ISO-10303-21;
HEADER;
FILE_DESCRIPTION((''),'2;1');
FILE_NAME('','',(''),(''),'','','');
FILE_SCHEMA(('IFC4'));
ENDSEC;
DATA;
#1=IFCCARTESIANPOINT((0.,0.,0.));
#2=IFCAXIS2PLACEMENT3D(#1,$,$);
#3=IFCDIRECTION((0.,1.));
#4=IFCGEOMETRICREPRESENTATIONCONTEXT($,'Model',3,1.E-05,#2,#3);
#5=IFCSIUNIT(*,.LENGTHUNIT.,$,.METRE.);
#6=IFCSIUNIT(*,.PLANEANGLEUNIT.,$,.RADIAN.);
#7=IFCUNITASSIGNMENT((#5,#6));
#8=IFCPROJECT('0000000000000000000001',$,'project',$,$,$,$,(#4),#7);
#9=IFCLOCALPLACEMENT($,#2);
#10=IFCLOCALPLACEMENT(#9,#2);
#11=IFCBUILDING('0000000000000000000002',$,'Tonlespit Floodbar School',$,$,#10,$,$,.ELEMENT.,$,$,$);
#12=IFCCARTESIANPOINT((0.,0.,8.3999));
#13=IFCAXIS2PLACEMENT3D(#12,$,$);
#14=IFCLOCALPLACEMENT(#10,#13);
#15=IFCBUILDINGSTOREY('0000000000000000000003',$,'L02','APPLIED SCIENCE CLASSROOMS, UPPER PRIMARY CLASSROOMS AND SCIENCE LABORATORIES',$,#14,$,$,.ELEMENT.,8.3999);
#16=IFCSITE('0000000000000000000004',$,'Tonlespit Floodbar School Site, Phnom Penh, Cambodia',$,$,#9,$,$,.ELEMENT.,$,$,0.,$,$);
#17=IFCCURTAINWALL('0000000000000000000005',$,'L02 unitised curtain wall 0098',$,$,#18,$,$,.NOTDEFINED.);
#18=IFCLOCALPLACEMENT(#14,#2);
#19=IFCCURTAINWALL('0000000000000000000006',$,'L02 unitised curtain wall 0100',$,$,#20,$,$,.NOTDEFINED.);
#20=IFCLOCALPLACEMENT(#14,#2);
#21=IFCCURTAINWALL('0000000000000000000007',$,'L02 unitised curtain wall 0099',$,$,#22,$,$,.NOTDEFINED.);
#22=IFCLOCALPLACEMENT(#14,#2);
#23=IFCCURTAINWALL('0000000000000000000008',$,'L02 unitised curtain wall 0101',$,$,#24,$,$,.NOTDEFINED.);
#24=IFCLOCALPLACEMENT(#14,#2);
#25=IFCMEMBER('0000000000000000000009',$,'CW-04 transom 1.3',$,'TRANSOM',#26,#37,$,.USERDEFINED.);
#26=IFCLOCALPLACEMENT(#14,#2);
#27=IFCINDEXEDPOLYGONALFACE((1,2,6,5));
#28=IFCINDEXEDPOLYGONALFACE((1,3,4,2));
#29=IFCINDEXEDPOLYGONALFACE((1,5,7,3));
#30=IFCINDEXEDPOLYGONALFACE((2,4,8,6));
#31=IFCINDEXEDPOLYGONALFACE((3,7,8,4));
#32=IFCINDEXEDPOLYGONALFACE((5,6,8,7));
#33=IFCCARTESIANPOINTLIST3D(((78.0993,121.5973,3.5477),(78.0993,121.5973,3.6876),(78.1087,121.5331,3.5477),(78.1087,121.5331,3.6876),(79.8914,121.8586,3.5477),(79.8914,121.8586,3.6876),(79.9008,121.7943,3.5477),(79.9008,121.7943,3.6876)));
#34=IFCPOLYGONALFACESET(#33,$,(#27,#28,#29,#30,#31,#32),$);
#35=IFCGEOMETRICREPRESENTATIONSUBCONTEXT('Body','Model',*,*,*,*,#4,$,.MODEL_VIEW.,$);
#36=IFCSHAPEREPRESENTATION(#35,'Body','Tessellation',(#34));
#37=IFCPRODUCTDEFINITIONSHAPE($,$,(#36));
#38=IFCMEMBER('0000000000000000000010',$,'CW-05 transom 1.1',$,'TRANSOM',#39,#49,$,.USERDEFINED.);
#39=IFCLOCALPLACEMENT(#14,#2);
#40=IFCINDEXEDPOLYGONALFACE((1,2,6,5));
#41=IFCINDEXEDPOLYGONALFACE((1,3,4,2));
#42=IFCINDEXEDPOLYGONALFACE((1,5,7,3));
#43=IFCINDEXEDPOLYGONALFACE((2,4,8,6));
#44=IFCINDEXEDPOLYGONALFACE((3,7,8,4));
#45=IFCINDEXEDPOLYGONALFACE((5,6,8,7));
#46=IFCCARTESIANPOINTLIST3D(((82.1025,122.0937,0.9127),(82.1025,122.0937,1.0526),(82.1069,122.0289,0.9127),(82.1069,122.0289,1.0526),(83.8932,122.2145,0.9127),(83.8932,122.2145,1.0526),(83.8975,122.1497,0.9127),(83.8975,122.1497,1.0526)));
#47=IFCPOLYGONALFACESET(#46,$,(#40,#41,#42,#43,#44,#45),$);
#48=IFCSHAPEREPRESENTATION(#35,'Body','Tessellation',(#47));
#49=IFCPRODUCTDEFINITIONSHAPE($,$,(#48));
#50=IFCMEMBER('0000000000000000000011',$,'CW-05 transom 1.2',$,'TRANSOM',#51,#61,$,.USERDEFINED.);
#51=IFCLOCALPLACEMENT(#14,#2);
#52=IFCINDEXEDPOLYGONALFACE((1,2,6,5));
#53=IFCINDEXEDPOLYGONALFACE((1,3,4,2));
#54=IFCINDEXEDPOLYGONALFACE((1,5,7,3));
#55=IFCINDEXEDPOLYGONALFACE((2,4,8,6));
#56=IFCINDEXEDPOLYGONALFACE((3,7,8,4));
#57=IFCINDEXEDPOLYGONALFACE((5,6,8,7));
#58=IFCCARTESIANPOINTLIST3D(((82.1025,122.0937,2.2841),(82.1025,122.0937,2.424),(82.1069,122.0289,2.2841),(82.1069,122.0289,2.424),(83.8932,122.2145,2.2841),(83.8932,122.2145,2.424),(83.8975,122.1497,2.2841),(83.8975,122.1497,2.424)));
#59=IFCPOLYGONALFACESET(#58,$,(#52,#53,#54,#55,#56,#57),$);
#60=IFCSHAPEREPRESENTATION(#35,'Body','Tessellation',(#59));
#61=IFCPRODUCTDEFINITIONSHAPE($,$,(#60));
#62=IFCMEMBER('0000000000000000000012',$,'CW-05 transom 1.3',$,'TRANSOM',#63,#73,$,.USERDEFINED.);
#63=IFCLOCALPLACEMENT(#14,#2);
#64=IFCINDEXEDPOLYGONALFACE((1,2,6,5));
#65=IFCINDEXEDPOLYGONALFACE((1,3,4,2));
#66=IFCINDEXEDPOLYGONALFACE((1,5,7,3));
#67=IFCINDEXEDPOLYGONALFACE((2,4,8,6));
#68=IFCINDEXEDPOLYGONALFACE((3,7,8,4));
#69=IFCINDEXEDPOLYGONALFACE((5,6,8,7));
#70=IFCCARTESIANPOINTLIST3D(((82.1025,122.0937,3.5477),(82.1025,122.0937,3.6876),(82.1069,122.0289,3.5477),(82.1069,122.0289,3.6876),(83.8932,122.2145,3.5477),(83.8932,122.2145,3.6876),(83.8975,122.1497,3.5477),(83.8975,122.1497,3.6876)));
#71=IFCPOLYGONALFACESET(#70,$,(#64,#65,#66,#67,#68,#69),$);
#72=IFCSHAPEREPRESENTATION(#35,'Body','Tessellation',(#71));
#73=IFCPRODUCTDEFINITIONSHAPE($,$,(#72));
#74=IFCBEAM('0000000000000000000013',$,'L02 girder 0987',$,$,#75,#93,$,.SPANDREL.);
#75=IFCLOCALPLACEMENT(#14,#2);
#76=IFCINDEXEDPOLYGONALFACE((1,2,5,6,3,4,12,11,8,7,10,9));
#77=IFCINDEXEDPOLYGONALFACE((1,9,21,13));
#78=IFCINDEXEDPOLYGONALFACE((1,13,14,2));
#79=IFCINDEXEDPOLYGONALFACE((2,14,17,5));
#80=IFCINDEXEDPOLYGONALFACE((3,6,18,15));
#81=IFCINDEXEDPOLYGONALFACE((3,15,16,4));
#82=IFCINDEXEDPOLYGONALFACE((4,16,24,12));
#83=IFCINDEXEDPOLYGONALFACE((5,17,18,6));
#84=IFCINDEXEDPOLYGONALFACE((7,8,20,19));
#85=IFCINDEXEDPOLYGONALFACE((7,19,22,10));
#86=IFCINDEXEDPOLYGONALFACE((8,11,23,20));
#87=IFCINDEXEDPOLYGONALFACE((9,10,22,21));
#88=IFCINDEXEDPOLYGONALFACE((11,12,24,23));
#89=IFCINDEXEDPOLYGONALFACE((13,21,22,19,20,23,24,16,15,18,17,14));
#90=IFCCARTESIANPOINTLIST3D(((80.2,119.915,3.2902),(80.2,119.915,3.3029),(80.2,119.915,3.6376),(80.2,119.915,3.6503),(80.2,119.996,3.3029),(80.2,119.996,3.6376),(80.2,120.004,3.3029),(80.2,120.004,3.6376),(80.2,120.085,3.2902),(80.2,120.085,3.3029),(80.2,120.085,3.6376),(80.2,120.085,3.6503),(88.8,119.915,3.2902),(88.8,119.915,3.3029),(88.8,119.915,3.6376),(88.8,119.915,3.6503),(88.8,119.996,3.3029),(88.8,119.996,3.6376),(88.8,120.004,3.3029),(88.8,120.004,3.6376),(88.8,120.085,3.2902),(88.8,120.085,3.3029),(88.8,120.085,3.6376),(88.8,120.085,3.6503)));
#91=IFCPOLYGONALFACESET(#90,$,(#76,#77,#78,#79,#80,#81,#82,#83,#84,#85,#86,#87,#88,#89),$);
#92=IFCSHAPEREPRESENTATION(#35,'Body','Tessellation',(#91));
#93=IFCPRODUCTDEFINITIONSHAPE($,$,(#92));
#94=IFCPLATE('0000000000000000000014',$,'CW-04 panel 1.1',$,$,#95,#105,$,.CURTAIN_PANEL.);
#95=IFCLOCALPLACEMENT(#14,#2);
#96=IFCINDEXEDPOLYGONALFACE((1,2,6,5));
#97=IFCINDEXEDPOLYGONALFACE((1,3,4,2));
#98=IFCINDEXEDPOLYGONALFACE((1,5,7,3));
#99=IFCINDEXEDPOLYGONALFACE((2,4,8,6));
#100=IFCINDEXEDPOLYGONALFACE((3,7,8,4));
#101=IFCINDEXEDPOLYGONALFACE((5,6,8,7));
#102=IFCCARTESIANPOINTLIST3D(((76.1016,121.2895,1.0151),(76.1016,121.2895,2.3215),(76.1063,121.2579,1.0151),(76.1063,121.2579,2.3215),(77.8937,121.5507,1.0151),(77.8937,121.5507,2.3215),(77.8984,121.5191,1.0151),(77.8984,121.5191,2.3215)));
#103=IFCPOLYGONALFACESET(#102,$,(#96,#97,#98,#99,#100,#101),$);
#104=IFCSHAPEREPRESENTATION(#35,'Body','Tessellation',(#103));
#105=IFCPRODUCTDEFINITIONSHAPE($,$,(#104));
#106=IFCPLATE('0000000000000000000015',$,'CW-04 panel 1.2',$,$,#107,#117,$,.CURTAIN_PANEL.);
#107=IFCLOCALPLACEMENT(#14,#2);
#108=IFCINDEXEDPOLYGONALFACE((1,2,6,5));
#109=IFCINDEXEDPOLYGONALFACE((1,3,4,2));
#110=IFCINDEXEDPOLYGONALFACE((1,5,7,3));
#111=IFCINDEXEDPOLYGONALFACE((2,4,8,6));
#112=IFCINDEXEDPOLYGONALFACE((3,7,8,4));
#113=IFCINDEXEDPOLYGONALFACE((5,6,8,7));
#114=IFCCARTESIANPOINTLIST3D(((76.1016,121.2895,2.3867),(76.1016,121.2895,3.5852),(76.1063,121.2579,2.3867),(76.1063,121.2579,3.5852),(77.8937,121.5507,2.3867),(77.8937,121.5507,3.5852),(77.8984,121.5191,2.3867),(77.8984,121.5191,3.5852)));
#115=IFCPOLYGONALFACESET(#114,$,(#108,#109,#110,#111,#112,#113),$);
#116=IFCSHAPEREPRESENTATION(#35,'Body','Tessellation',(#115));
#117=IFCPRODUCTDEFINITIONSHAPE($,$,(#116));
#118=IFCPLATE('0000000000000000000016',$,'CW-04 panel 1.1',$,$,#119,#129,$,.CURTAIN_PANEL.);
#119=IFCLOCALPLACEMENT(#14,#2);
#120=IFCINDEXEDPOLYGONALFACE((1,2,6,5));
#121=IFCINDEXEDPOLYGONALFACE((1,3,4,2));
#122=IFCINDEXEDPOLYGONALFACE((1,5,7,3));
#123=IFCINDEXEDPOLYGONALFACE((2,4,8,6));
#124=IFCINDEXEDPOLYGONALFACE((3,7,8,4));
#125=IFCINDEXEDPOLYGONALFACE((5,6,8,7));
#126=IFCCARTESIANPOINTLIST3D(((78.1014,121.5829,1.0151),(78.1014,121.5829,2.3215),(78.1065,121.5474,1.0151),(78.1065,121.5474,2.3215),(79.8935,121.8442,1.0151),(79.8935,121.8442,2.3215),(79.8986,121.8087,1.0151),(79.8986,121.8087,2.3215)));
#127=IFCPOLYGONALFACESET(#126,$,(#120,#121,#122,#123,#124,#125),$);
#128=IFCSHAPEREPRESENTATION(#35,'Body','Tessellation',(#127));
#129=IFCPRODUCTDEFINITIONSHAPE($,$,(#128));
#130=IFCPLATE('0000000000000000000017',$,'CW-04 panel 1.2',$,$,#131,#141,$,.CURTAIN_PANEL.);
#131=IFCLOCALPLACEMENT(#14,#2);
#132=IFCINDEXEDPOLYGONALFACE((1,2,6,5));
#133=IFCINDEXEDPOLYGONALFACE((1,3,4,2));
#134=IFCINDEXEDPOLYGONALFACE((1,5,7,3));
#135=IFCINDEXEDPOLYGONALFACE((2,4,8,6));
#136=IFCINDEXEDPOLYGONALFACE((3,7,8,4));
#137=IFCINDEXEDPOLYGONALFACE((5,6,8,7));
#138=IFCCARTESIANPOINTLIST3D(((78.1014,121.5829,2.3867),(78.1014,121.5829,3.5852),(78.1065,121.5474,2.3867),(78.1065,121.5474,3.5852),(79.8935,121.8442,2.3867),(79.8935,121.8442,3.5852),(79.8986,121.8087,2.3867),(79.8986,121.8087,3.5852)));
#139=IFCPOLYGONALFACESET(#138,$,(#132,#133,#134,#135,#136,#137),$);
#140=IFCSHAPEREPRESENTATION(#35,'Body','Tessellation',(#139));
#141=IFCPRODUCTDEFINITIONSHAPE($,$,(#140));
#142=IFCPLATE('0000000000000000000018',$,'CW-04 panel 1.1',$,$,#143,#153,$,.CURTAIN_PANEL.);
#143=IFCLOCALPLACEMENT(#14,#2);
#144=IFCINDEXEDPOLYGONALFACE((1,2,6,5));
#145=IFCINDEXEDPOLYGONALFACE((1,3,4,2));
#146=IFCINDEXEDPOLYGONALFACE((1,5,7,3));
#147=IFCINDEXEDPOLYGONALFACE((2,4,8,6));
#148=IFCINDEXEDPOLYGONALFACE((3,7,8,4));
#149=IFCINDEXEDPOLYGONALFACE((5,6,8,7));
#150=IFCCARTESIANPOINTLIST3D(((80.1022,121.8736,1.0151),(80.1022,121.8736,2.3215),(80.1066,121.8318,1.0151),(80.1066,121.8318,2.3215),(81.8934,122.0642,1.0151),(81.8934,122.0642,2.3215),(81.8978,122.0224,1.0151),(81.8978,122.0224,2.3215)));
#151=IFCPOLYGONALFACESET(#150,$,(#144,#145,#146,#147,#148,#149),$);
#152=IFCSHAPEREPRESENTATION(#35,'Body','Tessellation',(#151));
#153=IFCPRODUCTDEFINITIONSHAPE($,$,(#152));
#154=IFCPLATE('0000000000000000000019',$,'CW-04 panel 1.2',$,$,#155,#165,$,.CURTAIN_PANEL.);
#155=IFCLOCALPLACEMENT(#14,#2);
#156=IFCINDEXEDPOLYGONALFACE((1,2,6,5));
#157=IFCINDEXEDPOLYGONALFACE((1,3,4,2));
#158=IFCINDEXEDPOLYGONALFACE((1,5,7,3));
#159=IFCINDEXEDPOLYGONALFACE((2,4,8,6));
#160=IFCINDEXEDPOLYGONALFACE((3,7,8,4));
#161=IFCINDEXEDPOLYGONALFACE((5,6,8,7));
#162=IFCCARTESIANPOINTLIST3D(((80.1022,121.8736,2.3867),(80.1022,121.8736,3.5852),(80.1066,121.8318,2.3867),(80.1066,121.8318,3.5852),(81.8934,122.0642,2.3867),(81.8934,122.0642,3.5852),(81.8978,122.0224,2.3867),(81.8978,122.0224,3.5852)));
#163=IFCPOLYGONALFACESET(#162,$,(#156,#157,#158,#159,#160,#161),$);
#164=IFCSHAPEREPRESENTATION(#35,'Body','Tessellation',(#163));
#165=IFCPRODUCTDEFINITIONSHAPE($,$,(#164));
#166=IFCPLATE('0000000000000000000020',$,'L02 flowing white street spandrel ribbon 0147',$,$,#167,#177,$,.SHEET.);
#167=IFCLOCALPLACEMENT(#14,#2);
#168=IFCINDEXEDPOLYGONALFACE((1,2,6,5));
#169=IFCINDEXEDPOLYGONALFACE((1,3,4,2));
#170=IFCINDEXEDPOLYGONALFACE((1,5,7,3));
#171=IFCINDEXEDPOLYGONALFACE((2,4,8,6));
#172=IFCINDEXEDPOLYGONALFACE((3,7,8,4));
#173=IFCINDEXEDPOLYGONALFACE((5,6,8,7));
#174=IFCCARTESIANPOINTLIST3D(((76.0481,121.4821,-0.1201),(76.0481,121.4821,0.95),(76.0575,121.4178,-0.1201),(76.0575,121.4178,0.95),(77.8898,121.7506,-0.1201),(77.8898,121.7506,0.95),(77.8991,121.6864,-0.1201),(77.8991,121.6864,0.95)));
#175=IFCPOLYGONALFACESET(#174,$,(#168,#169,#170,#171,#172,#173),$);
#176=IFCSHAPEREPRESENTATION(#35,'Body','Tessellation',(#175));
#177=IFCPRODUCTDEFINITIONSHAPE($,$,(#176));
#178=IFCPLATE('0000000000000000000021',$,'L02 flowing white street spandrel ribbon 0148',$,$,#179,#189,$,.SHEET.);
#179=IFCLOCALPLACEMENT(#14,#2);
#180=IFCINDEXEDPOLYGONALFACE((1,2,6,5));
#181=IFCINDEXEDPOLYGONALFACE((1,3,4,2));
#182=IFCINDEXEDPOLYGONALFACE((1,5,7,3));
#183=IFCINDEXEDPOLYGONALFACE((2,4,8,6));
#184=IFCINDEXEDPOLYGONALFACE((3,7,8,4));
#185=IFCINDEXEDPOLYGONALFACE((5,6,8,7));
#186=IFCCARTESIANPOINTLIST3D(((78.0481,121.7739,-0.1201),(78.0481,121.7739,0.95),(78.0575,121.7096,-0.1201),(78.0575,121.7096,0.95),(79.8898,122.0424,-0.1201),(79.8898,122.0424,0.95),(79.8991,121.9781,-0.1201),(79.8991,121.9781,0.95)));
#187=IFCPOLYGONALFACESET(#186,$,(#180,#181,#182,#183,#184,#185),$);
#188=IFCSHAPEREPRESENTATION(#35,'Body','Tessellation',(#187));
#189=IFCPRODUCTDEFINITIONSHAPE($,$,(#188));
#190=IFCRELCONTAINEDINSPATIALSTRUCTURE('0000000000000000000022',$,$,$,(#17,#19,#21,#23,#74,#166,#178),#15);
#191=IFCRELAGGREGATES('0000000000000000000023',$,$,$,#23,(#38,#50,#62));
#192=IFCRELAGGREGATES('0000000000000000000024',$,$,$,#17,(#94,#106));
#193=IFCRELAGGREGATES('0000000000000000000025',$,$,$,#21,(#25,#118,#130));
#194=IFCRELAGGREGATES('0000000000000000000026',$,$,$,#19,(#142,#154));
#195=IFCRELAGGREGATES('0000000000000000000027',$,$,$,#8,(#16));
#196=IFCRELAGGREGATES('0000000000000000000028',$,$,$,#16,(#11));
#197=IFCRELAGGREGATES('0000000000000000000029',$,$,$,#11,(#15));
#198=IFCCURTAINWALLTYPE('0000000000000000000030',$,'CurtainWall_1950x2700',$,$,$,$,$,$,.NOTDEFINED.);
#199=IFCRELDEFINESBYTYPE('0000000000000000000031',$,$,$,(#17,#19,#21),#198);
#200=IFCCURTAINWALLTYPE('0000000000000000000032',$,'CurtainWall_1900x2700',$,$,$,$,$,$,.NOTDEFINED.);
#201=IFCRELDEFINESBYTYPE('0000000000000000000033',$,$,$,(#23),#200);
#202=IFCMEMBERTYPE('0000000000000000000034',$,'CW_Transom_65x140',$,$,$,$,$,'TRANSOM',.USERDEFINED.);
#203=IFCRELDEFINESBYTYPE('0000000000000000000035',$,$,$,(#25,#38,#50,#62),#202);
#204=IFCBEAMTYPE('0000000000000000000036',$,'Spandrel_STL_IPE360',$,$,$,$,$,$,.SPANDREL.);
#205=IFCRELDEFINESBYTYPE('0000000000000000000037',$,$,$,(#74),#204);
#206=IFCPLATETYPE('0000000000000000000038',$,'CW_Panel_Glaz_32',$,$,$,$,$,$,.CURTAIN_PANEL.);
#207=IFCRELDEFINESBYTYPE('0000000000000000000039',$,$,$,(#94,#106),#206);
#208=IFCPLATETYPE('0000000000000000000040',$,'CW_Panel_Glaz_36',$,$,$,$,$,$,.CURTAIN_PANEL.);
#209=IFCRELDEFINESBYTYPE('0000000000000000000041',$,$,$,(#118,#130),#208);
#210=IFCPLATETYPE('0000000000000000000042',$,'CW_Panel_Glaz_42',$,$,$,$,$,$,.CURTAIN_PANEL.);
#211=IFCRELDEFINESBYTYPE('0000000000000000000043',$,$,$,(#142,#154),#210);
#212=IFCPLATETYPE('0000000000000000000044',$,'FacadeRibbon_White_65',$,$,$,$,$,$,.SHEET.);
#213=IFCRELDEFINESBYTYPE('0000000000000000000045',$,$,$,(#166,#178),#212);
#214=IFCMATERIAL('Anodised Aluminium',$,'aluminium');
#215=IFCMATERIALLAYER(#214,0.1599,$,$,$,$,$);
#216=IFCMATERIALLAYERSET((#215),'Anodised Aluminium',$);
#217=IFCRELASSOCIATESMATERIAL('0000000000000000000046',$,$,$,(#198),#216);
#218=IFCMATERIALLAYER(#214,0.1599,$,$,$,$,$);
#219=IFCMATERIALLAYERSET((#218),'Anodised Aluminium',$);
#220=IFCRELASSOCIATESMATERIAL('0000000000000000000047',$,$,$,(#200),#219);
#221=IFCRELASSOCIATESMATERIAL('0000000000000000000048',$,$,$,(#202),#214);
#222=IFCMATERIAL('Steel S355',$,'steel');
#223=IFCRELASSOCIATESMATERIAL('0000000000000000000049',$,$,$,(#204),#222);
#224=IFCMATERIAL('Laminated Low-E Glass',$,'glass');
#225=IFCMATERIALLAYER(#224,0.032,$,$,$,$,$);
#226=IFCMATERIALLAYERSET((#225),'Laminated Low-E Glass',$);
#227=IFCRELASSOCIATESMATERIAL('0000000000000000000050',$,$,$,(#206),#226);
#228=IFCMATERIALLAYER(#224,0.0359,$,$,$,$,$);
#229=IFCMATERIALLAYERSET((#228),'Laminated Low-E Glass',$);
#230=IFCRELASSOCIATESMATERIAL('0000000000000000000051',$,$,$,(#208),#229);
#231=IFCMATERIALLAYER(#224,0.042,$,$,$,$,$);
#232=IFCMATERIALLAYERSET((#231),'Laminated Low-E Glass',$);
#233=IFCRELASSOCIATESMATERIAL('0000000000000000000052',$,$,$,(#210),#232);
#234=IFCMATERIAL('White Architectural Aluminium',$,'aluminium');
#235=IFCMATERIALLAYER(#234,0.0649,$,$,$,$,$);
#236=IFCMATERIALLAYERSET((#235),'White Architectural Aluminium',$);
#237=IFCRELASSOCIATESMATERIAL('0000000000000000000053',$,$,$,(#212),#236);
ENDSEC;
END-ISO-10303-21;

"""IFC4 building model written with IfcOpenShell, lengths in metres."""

from ifc_helpers import new_model, si_unit, direction, frame, origin, origin_2d, place, context, subcontext, project, spatial, rectangle, i_section, extrude, material, layer, layer_set, material_profile, profile_set, type_object, element, aggregate, save


model = new_model("IFC4")

# Units and contexts
model_context = context("Model", 3, precision=1e-05, world=origin(), true_north=direction((0.0, 1.0)))
body_context = subcontext(model_context, "Body", "Model", "MODEL_VIEW")
ifc_project = project(units=[si_unit("LENGTHUNIT", "METRE"), si_unit("PLANEANGLEUNIT", "RADIAN")], contexts=[model_context])

# Site, building, storey
site_placement = place(None, origin())
site = spatial("IfcSite", under=ifc_project, at=site_placement, Name="Tonlespit Floodbar School Site, Phnom Penh, Cambodia", CompositionType="ELEMENT", RefElevation=0.0)
building_placement = place(site_placement, origin())
building = spatial("IfcBuilding", under=site, at=building_placement, Name="Tonlespit Floodbar School", CompositionType="ELEMENT")
storey_placement = place(building_placement, frame((0.0, 0.0, 8.3999)))
storey = spatial("IfcBuildingStorey", under=building, at=storey_placement, Name="L02", Description="APPLIED SCIENCE CLASSROOMS, UPPER PRIMARY CLASSROOMS AND SCIENCE LABORATORIES", CompositionType="ELEMENT", Elevation=8.3999)

# Curtain wall
ifc_material_1 = material(Name="Anodised Aluminium", Category="aluminium")
ifc_layer_1 = layer(ifc_material_1, 0.1599)
ifc_layer_set_1 = layer_set([ifc_layer_1], Name="Anodised Aluminium")
curtain_wall_type_1 = type_object("IfcCurtainWallType", Name="CurtainWall_1950x2700", PredefinedType="NOTDEFINED", material=ifc_layer_set_1)
curtain_wall_1_placement = place(storey_placement, origin())
curtain_wall_1 = element("IfcCurtainWall", 1, at=curtain_wall_1_placement, inside=storey, type_object=curtain_wall_type_1, Name="L02 unitised curtain wall 0098", PredefinedType="NOTDEFINED")

# Curtain walls
curtain_wall_2_placement = place(storey_placement, origin())
curtain_wall_2 = element("IfcCurtainWall", 2, at=curtain_wall_2_placement, inside=storey, type_object=curtain_wall_type_1, Name="L02 unitised curtain wall 0100", PredefinedType="NOTDEFINED")
curtain_wall_3_placement = place(storey_placement, origin())
curtain_wall_3 = element("IfcCurtainWall", 3, at=curtain_wall_3_placement, inside=storey, type_object=curtain_wall_type_1, Name="L02 unitised curtain wall 0099", PredefinedType="NOTDEFINED")

# Curtain wall
ifc_layer_2 = layer(ifc_material_1, 0.1599)
ifc_layer_set_2 = layer_set([ifc_layer_2], Name="Anodised Aluminium")
curtain_wall_type_2 = type_object("IfcCurtainWallType", Name="CurtainWall_1900x2700", PredefinedType="NOTDEFINED", material=ifc_layer_set_2)
curtain_wall_4_placement = place(storey_placement, origin())
curtain_wall_4 = element("IfcCurtainWall", 4, at=curtain_wall_4_placement, inside=storey, type_object=curtain_wall_type_2, Name="L02 unitised curtain wall 0101", PredefinedType="NOTDEFINED")

# Members
ifc_material_profile_1 = material_profile(ifc_material_1, rectangle(XDim=0.0649, YDim=0.1399, at=origin_2d()), Name="ALU T65x140")
ifc_profile_set_1 = profile_set([ifc_material_profile_1], Name="Anodised Aluminium")
member_type_1 = type_object("IfcMemberType", Name="CW_Transom_65x140", ElementType="TRANSOM", PredefinedType="USERDEFINED", material=ifc_profile_set_1)
member_1_placement = place(storey_placement, frame((78.104, 121.5652, 3.6177), z_axis=(0.989541, 0.144252, 0.0), x_axis=(-0.144252, 0.989541, 0.0)))
member_1 = element("IfcMember", 5, at=member_1_placement, type_object=member_type_1, Name="CW-04 transom 1.3", ObjectType="TRANSOM", PredefinedType="USERDEFINED", context=body_context, shape_type="SweptSolid", body=[
    extrude(rectangle(XDim=0.0649, YDim=0.1399, at=origin_2d()), origin(), (0.0, 0.0, 1.0), 1.811),
])
member_2_placement = place(storey_placement, frame((82.1047, 122.0613, 0.9827), z_axis=(0.99773, 0.067341, 0.0), x_axis=(-0.067341, 0.99773, 0.0)))
member_2 = element("IfcMember", 6, at=member_2_placement, type_object=member_type_1, Name="CW-05 transom 1.1", ObjectType="TRANSOM", PredefinedType="USERDEFINED", context=body_context, shape_type="SweptSolid", body=[
    extrude(rectangle(XDim=0.0649, YDim=0.1399, at=origin_2d()), origin(), (0.0, 0.0, 1.0), 1.7947),
])
member_3_placement = place(storey_placement, frame((82.1047, 122.0613, 2.354), z_axis=(0.99773, 0.067341, 0.0), x_axis=(-0.067341, 0.99773, 0.0)))
member_3 = element("IfcMember", 7, at=member_3_placement, type_object=member_type_1, Name="CW-05 transom 1.2", ObjectType="TRANSOM", PredefinedType="USERDEFINED", context=body_context, shape_type="SweptSolid", body=[
    extrude(rectangle(XDim=0.0649, YDim=0.1399, at=origin_2d()), origin(), (0.0, 0.0, 1.0), 1.7947),
])
member_4_placement = place(storey_placement, frame((82.1047, 122.0613, 3.6177), z_axis=(0.99773, 0.067341, 0.0), x_axis=(-0.067341, 0.99773, 0.0)))
member_4 = element("IfcMember", 8, at=member_4_placement, type_object=member_type_1, Name="CW-05 transom 1.3", ObjectType="TRANSOM", PredefinedType="USERDEFINED", context=body_context, shape_type="SweptSolid", body=[
    extrude(rectangle(XDim=0.0649, YDim=0.1399, at=origin_2d()), origin(), (0.0, 0.0, 1.0), 1.7947),
])
aggregate(curtain_wall_4, [member_2, member_3, member_4])

# Beam
ifc_material_2 = material(Name="Steel S355", Category="steel")
ifc_material_profile_2 = material_profile(ifc_material_2, i_section(OverallWidth=0.1699, OverallDepth=0.3601, WebThickness=0.0081, FlangeThickness=0.0127, at=origin_2d()), Name="IPE 360")
ifc_profile_set_2 = profile_set([ifc_material_profile_2], Name="Steel S355")
beam_type_1 = type_object("IfcBeamType", Name="Spandrel_STL_IPE360", PredefinedType="SPANDREL", material=ifc_profile_set_2)
beam_1_placement = place(storey_placement, frame((80.2, 120.0, 3.4702), z_axis=(1.0, 0.0, 0.0), x_axis=(0.0, 1.0, 0.0)))
element("IfcBeam", 9, at=beam_1_placement, inside=storey, type_object=beam_type_1, Name="L02 girder 0987", PredefinedType="SPANDREL", context=body_context, shape_type="SweptSolid", body=[
    extrude(i_section(OverallWidth=0.1699, OverallDepth=0.3601, WebThickness=0.0081, FlangeThickness=0.0127, at=origin_2d()), origin(), (0.0, 0.0, 1.0), 8.6001),
])

# Plates
ifc_material_3 = material(Name="Laminated Low-E Glass", Category="glass")
ifc_layer_3 = layer(ifc_material_3, 0.032)
ifc_layer_set_3 = layer_set([ifc_layer_3], Name="Laminated Low-E Glass")
plate_type_1 = type_object("IfcPlateType", Name="CW_Panel_Glaz_32", PredefinedType="CURTAIN_PANEL", material=ifc_layer_set_3)
plate_1_placement = place(storey_placement, frame((77.0, 121.4043, 1.0151), z_axis=(0.0, 0.0, 1.0), x_axis=(0.989542, 0.144248, 0.0)))
plate_1 = element("IfcPlate", 10, at=plate_1_placement, type_object=plate_type_1, Name="CW-04 panel 1.1", PredefinedType="CURTAIN_PANEL", context=body_context, shape_type="SweptSolid", body=[
    extrude(rectangle(XDim=1.811, YDim=0.032, at=origin_2d()), origin(), (0.0, 0.0, 1.0), 1.3064),
])
plate_2_placement = place(storey_placement, frame((77.0, 121.4043, 2.3867), z_axis=(0.0, 0.0, 1.0), x_axis=(0.989542, 0.144248, 0.0)))
plate_2 = element("IfcPlate", 11, at=plate_2_placement, type_object=plate_type_1, Name="CW-04 panel 1.2", PredefinedType="CURTAIN_PANEL", context=body_context, shape_type="SweptSolid", body=[
    extrude(rectangle(XDim=1.811, YDim=0.032, at=origin_2d()), origin(), (0.0, 0.0, 1.0), 1.1985),
])
aggregate(curtain_wall_1, [plate_1, plate_2])
ifc_layer_4 = layer(ifc_material_3, 0.0359)
ifc_layer_set_4 = layer_set([ifc_layer_4], Name="Laminated Low-E Glass")
plate_type_2 = type_object("IfcPlateType", Name="CW_Panel_Glaz_36", PredefinedType="CURTAIN_PANEL", material=ifc_layer_set_4)
plate_3_placement = place(storey_placement, frame((79.0, 121.6958, 1.0151), z_axis=(0.0, 0.0, 1.0), x_axis=(0.989542, 0.144248, 0.0)))
plate_3 = element("IfcPlate", 12, at=plate_3_placement, type_object=plate_type_2, Name="CW-04 panel 1.1", PredefinedType="CURTAIN_PANEL", context=body_context, shape_type="SweptSolid", body=[
    extrude(rectangle(XDim=1.811, YDim=0.0359, at=origin_2d()), origin(), (0.0, 0.0, 1.0), 1.3064),
])
plate_4_placement = place(storey_placement, frame((79.0, 121.6958, 2.3867), z_axis=(0.0, 0.0, 1.0), x_axis=(0.989542, 0.144248, 0.0)))
plate_4 = element("IfcPlate", 13, at=plate_4_placement, type_object=plate_type_2, Name="CW-04 panel 1.2", PredefinedType="CURTAIN_PANEL", context=body_context, shape_type="SweptSolid", body=[
    extrude(rectangle(XDim=1.811, YDim=0.0359, at=origin_2d()), origin(), (0.0, 0.0, 1.0), 1.1985),
])
aggregate(curtain_wall_3, [member_1, plate_3, plate_4])
ifc_layer_5 = layer(ifc_material_3, 0.042)
ifc_layer_set_5 = layer_set([ifc_layer_5], Name="Laminated Low-E Glass")
plate_type_3 = type_object("IfcPlateType", Name="CW_Panel_Glaz_42", PredefinedType="CURTAIN_PANEL", material=ifc_layer_set_5)
plate_5_placement = place(storey_placement, frame((81.0, 121.948, 1.0151), z_axis=(0.0, 0.0, 1.0), x_axis=(0.994389, 0.105787, 0.0)))
plate_5 = element("IfcPlate", 14, at=plate_5_placement, type_object=plate_type_3, Name="CW-04 panel 1.1", PredefinedType="CURTAIN_PANEL", context=body_context, shape_type="SweptSolid", body=[
    extrude(rectangle(XDim=1.8013, YDim=0.042, at=origin_2d()), origin(), (0.0, 0.0, 1.0), 1.3064),
])
plate_6_placement = place(storey_placement, frame((81.0, 121.948, 2.3867), z_axis=(0.0, 0.0, 1.0), x_axis=(0.994389, 0.105787, 0.0)))
plate_6 = element("IfcPlate", 15, at=plate_6_placement, type_object=plate_type_3, Name="CW-04 panel 1.2", PredefinedType="CURTAIN_PANEL", context=body_context, shape_type="SweptSolid", body=[
    extrude(rectangle(XDim=1.8013, YDim=0.042, at=origin_2d()), origin(), (0.0, 0.0, 1.0), 1.1985),
])
aggregate(curtain_wall_2, [plate_5, plate_6])

# Plates
ifc_material_4 = material(Name="White Architectural Aluminium", Category="aluminium")
ifc_layer_6 = layer(ifc_material_4, 0.0649)
ifc_layer_set_6 = layer_set([ifc_layer_6], Name="White Architectural Aluminium")
plate_type_4 = type_object("IfcPlateType", Name="FacadeRibbon_White_65", PredefinedType="SHEET", material=ifc_layer_set_6)
for number, where, z_axis, x_axis, name in (
    (16, (76.9736, 121.5842, -0.1201), (0.0, 0.0, 1.0), (0.989538, 0.144275, 0.0), "L02 flowing white street spandrel ribbon 0147"),
    (17, (78.9736, 121.876, -0.1201), (0.0, 0.0, 1.0), (0.989538, 0.144275, 0.0), "L02 flowing white street spandrel ribbon 0148"),
):
    element("IfcPlate", number, at=place(storey_placement, frame(where, z_axis=z_axis, x_axis=x_axis)), inside=storey, type_object=plate_type_4, Name=name, PredefinedType="SHEET", context=body_context, shape_type="SweptSolid", body=[
        extrude(rectangle(XDim=1.8611, YDim=0.0649, at=origin_2d()), origin(), (0.0, 0.0, 1.0), 1.0701),
    ])

save(model, "model.ifc")
